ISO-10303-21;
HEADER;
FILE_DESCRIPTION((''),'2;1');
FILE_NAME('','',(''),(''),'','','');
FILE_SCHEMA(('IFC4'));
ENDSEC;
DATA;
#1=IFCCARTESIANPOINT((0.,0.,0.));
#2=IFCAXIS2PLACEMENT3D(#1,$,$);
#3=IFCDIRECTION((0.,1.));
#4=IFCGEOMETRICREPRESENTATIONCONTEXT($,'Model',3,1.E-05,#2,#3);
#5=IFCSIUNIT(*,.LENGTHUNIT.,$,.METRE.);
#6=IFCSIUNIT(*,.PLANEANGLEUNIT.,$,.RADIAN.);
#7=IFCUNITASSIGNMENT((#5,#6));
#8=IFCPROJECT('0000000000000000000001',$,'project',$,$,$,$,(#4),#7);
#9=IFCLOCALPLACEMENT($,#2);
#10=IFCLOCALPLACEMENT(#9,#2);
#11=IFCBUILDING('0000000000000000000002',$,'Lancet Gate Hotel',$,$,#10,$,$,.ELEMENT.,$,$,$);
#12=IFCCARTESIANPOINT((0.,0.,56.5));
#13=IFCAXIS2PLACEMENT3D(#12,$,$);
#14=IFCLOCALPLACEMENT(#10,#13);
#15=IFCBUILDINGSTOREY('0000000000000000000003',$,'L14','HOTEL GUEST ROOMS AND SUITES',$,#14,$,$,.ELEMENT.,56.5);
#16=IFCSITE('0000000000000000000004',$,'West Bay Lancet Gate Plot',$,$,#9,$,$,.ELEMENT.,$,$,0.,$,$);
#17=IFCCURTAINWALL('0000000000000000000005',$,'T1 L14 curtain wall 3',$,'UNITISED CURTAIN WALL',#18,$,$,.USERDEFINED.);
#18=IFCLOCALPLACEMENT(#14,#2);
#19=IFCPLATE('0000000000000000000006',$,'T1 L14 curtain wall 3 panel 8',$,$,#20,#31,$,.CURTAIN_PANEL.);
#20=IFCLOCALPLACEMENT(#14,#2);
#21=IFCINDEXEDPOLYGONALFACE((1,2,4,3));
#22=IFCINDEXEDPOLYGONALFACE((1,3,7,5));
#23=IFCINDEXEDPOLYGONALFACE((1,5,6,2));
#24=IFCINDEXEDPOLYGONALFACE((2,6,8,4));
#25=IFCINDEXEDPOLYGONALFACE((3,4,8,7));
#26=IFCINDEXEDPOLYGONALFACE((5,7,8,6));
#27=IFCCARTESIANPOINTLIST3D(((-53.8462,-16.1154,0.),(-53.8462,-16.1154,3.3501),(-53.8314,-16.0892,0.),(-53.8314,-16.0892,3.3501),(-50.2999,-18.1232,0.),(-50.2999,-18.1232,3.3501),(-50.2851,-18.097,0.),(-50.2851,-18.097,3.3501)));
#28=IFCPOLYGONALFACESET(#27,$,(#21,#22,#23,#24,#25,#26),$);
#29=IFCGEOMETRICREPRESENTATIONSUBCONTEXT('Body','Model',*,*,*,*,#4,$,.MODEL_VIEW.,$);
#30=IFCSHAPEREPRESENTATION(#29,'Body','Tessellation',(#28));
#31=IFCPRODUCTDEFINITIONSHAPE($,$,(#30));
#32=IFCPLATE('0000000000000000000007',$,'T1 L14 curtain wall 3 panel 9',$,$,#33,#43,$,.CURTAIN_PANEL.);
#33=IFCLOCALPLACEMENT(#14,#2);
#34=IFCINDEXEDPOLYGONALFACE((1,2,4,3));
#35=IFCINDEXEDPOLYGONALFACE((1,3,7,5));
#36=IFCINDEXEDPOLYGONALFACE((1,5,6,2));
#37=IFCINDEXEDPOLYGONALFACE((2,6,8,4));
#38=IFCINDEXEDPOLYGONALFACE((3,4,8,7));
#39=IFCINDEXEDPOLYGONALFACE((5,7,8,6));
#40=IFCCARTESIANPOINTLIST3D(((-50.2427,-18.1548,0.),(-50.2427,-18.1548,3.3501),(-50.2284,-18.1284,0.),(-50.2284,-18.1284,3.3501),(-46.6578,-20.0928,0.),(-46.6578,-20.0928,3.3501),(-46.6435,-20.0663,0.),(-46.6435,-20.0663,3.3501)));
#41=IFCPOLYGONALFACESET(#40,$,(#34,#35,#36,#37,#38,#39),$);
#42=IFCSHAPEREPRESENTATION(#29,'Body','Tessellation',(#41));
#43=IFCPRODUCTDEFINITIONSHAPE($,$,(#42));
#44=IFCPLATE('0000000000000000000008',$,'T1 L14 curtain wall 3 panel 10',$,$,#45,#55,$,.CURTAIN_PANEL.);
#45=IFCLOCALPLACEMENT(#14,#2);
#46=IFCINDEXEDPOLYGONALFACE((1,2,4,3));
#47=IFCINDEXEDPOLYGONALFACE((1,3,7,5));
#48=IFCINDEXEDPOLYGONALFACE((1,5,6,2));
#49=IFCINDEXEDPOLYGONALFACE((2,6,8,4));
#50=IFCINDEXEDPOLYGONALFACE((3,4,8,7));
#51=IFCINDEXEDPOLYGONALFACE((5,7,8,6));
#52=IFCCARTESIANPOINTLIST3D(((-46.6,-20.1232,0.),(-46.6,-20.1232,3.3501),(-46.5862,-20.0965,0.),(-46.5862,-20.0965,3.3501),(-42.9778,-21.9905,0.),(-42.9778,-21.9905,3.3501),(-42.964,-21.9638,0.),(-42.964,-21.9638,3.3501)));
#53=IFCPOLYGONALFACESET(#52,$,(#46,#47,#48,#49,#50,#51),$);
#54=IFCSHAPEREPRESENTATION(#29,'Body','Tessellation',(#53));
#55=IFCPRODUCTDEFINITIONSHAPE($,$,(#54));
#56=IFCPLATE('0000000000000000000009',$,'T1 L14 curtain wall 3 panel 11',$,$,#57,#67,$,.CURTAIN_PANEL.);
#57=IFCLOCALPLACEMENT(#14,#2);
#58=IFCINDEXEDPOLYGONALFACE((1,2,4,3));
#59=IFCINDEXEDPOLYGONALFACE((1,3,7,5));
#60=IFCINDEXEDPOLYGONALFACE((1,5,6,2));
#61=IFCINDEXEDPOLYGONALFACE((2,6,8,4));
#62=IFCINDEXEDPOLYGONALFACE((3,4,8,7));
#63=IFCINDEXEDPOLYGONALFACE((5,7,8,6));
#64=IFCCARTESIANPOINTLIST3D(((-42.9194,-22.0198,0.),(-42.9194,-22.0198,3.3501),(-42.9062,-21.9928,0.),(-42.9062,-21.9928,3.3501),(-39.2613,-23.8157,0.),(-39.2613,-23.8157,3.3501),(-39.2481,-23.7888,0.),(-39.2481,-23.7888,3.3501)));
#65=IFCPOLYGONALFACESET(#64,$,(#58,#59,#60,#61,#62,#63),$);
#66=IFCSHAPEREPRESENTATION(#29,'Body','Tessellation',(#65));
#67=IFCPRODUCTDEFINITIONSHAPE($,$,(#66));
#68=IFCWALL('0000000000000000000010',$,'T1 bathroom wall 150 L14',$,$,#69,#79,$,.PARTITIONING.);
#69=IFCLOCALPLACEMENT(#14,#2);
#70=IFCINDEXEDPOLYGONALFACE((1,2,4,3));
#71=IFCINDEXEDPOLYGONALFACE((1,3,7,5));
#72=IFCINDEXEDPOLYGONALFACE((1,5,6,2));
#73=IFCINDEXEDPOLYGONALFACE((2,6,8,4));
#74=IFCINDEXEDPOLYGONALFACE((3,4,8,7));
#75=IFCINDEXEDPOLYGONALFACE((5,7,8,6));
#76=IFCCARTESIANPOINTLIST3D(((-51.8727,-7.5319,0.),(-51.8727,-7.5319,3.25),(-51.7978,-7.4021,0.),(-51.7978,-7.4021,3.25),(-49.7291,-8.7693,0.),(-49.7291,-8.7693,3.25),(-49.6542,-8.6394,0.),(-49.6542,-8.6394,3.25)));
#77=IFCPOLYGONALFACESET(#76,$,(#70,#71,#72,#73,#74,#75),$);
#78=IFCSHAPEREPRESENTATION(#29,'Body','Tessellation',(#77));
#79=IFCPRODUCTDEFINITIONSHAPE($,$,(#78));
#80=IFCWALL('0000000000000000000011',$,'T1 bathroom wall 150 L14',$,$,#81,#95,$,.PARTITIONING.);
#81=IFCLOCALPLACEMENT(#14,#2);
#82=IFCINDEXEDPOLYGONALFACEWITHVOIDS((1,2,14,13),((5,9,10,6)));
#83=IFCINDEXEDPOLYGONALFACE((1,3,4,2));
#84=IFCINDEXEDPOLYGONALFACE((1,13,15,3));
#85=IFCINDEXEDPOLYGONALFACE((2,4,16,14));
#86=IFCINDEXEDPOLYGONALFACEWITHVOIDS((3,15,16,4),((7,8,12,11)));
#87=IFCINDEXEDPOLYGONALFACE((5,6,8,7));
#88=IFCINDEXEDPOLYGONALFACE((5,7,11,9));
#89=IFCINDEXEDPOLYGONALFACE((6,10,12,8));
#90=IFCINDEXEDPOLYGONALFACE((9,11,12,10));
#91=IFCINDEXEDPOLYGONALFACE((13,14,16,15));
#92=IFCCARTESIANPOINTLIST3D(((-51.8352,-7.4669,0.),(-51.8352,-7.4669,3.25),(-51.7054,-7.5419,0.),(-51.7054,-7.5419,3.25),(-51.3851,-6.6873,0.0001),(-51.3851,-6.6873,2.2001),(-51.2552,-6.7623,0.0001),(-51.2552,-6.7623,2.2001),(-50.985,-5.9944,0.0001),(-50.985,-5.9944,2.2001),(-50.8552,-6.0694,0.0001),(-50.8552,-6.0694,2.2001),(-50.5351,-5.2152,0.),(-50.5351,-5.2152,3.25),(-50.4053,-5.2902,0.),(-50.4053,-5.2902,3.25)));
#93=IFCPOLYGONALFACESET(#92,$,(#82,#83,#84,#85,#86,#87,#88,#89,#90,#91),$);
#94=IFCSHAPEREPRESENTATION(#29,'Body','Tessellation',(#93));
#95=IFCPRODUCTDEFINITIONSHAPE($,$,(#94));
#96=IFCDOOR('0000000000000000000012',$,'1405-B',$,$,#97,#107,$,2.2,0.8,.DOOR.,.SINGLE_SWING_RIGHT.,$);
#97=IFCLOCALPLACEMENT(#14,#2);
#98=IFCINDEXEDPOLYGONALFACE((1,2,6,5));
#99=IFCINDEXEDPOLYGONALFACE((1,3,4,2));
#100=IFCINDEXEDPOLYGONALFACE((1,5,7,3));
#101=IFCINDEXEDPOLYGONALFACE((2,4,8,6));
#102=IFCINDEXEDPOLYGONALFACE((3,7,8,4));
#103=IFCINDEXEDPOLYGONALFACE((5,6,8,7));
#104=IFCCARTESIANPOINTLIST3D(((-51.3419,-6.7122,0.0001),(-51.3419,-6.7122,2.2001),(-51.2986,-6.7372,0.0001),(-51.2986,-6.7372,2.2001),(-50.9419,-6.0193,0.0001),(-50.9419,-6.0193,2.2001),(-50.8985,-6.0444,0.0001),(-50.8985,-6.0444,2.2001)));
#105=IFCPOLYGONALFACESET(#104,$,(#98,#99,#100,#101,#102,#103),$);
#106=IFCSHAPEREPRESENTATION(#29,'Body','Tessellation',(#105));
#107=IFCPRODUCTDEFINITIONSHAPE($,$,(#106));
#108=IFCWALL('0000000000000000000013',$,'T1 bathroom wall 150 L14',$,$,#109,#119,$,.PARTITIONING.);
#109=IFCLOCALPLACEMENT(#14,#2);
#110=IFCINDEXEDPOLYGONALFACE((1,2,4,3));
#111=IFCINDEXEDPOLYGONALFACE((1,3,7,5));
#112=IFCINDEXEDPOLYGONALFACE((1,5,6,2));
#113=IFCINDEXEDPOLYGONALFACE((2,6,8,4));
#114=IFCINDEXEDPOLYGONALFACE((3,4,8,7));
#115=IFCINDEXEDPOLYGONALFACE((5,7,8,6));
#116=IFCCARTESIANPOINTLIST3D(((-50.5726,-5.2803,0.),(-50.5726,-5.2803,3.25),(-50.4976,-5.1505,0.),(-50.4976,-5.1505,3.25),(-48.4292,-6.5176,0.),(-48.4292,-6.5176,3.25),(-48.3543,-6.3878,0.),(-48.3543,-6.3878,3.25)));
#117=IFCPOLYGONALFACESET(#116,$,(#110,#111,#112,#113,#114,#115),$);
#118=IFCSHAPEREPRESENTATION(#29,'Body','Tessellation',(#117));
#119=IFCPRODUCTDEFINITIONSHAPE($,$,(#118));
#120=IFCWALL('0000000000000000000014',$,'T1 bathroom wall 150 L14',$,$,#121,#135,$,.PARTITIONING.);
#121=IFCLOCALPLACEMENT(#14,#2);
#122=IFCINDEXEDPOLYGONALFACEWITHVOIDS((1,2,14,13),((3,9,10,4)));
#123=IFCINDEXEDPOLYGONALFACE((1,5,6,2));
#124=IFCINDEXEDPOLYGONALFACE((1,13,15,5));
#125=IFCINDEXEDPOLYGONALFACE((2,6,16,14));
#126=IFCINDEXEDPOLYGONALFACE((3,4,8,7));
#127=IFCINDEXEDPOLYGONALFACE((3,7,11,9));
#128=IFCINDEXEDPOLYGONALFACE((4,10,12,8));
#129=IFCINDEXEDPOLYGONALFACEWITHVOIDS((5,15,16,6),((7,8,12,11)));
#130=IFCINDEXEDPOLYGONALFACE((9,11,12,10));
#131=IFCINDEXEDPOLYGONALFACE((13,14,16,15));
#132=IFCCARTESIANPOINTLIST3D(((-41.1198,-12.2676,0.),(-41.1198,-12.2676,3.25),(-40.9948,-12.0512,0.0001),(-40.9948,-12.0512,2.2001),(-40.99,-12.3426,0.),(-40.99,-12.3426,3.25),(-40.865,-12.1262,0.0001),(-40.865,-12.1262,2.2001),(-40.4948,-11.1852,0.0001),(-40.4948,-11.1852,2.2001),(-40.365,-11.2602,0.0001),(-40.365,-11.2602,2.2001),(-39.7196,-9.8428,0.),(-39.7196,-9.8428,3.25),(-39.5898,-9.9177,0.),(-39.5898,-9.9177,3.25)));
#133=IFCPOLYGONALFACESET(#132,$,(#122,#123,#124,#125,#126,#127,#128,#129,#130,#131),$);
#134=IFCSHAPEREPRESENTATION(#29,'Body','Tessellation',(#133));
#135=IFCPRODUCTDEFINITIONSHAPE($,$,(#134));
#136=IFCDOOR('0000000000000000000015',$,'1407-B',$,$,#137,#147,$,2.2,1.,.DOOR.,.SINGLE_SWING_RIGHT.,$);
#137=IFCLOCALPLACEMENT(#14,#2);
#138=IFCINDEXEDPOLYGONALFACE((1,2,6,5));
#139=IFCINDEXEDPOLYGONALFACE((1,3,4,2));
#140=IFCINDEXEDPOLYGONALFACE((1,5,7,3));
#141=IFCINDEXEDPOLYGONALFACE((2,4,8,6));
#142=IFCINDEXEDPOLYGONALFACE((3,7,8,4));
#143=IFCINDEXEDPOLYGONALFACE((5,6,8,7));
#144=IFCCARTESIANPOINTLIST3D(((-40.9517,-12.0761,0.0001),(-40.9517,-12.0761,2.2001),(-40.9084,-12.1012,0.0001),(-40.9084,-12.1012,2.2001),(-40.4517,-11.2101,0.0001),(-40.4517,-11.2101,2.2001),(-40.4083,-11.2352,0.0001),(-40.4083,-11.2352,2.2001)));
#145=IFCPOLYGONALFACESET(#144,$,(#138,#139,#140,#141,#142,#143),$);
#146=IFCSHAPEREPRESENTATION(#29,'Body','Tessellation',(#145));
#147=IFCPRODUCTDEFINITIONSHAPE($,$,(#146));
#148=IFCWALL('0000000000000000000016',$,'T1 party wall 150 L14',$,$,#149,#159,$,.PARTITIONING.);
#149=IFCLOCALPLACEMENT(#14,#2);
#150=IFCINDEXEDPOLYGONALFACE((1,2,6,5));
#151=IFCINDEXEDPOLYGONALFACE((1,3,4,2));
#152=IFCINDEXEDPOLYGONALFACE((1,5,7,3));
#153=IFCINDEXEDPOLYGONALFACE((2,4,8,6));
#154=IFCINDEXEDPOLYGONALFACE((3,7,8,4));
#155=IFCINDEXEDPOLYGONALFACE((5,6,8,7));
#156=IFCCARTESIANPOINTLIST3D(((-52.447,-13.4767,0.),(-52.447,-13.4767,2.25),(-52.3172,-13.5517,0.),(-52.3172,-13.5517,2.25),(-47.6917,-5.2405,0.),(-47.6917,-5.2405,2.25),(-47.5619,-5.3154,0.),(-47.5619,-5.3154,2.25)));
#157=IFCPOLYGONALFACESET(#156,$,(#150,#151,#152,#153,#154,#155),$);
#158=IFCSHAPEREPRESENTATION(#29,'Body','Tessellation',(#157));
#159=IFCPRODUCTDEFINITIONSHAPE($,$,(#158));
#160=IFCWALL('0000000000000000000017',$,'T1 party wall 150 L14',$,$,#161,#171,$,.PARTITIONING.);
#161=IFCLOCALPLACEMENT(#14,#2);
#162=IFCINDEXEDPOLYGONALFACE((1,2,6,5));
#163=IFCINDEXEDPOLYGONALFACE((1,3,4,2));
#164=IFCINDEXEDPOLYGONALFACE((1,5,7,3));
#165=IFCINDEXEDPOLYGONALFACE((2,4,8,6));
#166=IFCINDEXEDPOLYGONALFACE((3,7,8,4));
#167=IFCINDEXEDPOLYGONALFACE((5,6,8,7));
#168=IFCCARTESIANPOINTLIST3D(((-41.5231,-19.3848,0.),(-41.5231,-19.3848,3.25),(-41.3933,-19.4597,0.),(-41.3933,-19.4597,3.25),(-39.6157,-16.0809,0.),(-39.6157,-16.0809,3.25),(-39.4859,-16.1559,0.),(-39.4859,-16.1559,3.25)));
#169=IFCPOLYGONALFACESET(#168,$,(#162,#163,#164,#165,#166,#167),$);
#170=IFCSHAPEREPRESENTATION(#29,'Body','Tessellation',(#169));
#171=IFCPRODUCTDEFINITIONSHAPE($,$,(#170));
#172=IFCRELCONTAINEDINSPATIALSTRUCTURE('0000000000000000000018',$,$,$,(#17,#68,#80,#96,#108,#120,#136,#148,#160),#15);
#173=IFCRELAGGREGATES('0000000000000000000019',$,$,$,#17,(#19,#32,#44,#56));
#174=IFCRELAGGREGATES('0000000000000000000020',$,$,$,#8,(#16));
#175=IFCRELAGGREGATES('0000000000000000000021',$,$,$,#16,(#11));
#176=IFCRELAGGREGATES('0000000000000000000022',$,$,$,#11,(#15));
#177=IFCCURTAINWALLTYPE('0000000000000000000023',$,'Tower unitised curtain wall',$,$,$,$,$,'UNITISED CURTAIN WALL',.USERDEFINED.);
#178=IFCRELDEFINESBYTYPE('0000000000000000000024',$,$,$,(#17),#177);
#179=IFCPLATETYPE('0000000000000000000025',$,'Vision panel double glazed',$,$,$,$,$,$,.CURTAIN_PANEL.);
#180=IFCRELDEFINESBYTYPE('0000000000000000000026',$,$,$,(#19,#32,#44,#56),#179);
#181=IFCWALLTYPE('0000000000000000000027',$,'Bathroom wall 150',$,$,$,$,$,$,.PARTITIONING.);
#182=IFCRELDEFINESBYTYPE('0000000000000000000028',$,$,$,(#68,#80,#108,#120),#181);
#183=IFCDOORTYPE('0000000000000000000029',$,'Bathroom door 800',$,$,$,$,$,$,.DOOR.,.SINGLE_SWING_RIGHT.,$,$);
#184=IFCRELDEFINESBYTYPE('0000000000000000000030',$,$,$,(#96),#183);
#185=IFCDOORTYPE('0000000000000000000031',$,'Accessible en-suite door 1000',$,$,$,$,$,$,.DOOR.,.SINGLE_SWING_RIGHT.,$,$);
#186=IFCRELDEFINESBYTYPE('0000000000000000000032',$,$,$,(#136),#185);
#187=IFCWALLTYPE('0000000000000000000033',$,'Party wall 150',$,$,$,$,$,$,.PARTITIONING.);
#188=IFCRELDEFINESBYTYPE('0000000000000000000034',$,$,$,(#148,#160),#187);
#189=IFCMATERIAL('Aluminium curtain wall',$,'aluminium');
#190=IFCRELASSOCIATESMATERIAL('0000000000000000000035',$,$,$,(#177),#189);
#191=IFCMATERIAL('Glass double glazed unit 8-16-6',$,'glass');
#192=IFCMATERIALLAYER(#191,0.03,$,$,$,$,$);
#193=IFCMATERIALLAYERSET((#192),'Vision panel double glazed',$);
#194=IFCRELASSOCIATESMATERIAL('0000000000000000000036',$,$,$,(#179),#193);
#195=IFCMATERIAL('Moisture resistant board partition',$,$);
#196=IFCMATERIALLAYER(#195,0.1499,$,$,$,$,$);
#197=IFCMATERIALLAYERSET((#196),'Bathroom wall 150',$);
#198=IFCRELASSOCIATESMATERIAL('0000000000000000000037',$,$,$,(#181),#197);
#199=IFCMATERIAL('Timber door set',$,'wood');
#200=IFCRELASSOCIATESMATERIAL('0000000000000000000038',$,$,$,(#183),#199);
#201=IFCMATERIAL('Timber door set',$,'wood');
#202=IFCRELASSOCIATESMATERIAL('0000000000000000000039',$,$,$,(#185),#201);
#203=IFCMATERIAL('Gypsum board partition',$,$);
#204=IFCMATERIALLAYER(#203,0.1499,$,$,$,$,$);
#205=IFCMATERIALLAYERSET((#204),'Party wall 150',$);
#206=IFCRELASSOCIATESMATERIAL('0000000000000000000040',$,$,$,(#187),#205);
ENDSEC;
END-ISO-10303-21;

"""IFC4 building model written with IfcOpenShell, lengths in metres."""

from ifc_helpers import new_model, si_unit, direction, frame, frame_2d, origin, origin_2d, place, context, subcontext, project, spatial, rectangle, extrude, material, layer, layer_set, type_object, element, fill, aggregate, save


model = new_model("IFC4")

# Units and contexts
model_context = context("Model", 3, precision=1e-05, world=origin(), true_north=direction((0.0, 1.0)))
body_context = subcontext(model_context, "Body", "Model", "MODEL_VIEW")
ifc_project = project(units=[si_unit("LENGTHUNIT", "METRE"), si_unit("PLANEANGLEUNIT", "RADIAN")], contexts=[model_context])

# Site, building, storey
site_placement = place(None, origin())
site = spatial("IfcSite", under=ifc_project, at=site_placement, Name="West Bay Lancet Gate Plot", CompositionType="ELEMENT", RefElevation=0.0)
building_placement = place(site_placement, origin())
building = spatial("IfcBuilding", under=site, at=building_placement, Name="Lancet Gate Hotel", CompositionType="ELEMENT")
storey_placement = place(building_placement, frame((0.0, 0.0, 56.5)))
storey = spatial("IfcBuildingStorey", under=building, at=storey_placement, Name="L14", Description="HOTEL GUEST ROOMS AND SUITES", CompositionType="ELEMENT", Elevation=56.5)

# Curtain wall
ifc_material_1 = material(Name="Aluminium curtain wall", Category="aluminium")
curtain_wall_type = type_object("IfcCurtainWallType", Name="Tower unitised curtain wall", ElementType="UNITISED CURTAIN WALL", PredefinedType="USERDEFINED", material=ifc_material_1)
curtain_wall_placement = place(storey_placement, origin())
curtain_wall = element("IfcCurtainWall", 1, at=curtain_wall_placement, inside=storey, type_object=curtain_wall_type, Name="T1 L14 curtain wall 3", ObjectType="UNITISED CURTAIN WALL", PredefinedType="USERDEFINED")

# Plates
ifc_material_2 = material(Name="Glass double glazed unit 8-16-6", Category="glass")
ifc_layer_1 = layer(ifc_material_2, 0.03)
ifc_layer_set_1 = layer_set([ifc_layer_1], Name="Vision panel double glazed")
plate_type = type_object("IfcPlateType", Name="Vision panel double glazed", PredefinedType="CURTAIN_PANEL", material=ifc_layer_set_1)
plate_1_placement = place(storey_placement, frame((-52.0657, -17.1062, 0.0), z_axis=(0.0, 0.0, 1.0), x_axis=(0.870205, -0.49269, 0.0)))
plate_1 = element("IfcPlate", 2, at=plate_1_placement, type_object=plate_type, Name="T1 L14 curtain wall 3 panel 8", PredefinedType="CURTAIN_PANEL", context=body_context, shape_type="SweptSolid", body=[
    extrude(rectangle(XDim=4.0752, YDim=0.03, at=origin_2d()), origin(), (0.0, 0.0, 1.0), 3.3501),
])
plate_2_placement = place(storey_placement, frame((-48.4431, -19.1106, 0.0), z_axis=(0.0, 0.0, 1.0), x_axis=(0.879693, -0.475541, 0.0)))
plate_2 = element("IfcPlate", 3, at=plate_2_placement, type_object=plate_type, Name="T1 L14 curtain wall 3 panel 9", PredefinedType="CURTAIN_PANEL", context=body_context, shape_type="SweptSolid", body=[
    extrude(rectangle(XDim=4.0752, YDim=0.03, at=origin_2d()), origin(), (0.0, 0.0, 1.0), 3.3501),
])
plate_3_placement = place(storey_placement, frame((-44.782, -21.0435, 0.0), z_axis=(0.0, 0.0, 1.0), x_axis=(0.888844, -0.45821, 0.0)))
plate_3 = element("IfcPlate", 4, at=plate_3_placement, type_object=plate_type, Name="T1 L14 curtain wall 3 panel 10", PredefinedType="CURTAIN_PANEL", context=body_context, shape_type="SweptSolid", body=[
    extrude(rectangle(XDim=4.0752, YDim=0.03, at=origin_2d()), origin(), (0.0, 0.0, 1.0), 3.3501),
])
plate_4_placement = place(storey_placement, frame((-41.0837, -22.9043, 0.0), z_axis=(0.0, 0.0, 1.0), x_axis=(0.897653, -0.440702, 0.0)))
plate_4 = element("IfcPlate", 5, at=plate_4_placement, type_object=plate_type, Name="T1 L14 curtain wall 3 panel 11", PredefinedType="CURTAIN_PANEL", context=body_context, shape_type="SweptSolid", body=[
    extrude(rectangle(XDim=4.0752, YDim=0.03, at=origin_2d()), origin(), (0.0, 0.0, 1.0), 3.3501),
])
aggregate(curtain_wall, [plate_1, plate_2, plate_3, plate_4])

# Wall
ifc_material_3 = material(Name="Moisture resistant board partition")
ifc_layer_2 = layer(ifc_material_3, 0.1499)
ifc_layer_set_2 = layer_set([ifc_layer_2], Name="Bathroom wall 150")
wall_type_1 = type_object("IfcWallType", Name="Bathroom wall 150", PredefinedType="PARTITIONING", material=ifc_layer_set_2)
wall_1_placement = place(storey_placement, frame((-49.6917, -8.7043, 0.0), z_axis=(0.0, 0.0, 1.0), x_axis=(-0.866074, 0.499916, 0.0)))
element("IfcWall", 6, at=wall_1_placement, inside=storey, type_object=wall_type_1, Name="T1 bathroom wall 150 L14", PredefinedType="PARTITIONING", context=body_context, shape_type="SweptSolid", body=[
    extrude(rectangle(XDim=2.4751, YDim=0.1499, at=frame_2d((1.2375, 0.0))), origin(), (0.0, 0.0, 1.0), 3.25),
])

# Wall, opening, door
wall_2_placement = place(storey_placement, frame((-50.4702, -5.2527, 0.0), z_axis=(0.0, 0.0, 1.0), x_axis=(-0.500007, -0.866021, 0.0)))
wall_2 = element("IfcWall", 7, at=wall_2_placement, inside=storey, type_object=wall_type_1, Name="T1 bathroom wall 150 L14", PredefinedType="PARTITIONING", context=body_context, shape_type="SweptSolid", body=[
    extrude(rectangle(XDim=2.6001, YDim=0.1499, at=frame_2d((1.3, 0.0))), origin(), (0.0, 0.0, 1.0), 3.25),
])
opening_1_placement = place(wall_2_placement, frame((0.8999, 0.0, 0.0)))
opening_1 = element("IfcOpeningElement", 8, at=opening_1_placement, cuts=wall_2, PredefinedType="OPENING", context=body_context, shape_type="SweptSolid", body=[
    extrude(rectangle(XDim=0.8, YDim=2.2, at=frame_2d((0.3999, 1.1001))), frame((0.0, 0.085, 0.0), z_axis=(0.0, -1.0, 0.0), x_axis=(1.0, 0.0, 0.0)), (0.0, 0.0, 1.0), 0.1699),
])
ifc_material_4 = material(Name="Timber door set", Category="wood")
door_type_1 = type_object("IfcDoorType", Name="Bathroom door 800", OperationType="SINGLE_SWING_RIGHT", PredefinedType="DOOR", material=ifc_material_4)
door_1_placement = place(opening_1_placement, origin())
door_1 = element("IfcDoor", 9, at=door_1_placement, inside=storey, type_object=door_type_1, Name="1405-B", OperationType="SINGLE_SWING_RIGHT", OverallHeight=2.2, OverallWidth=0.8, PredefinedType="DOOR", context=body_context, shape_type="SweptSolid", body=[
    extrude(rectangle(XDim=0.8, YDim=2.2, at=frame_2d((0.3999, 1.1001))), frame((0.0, 0.0249, 0.0), z_axis=(0.0, -1.0, 0.0), x_axis=(1.0, 0.0, 0.0)), (0.0, 0.0, 1.0), 0.05),
])
fill(opening_1, door_1)

# Wall
wall_3_placement = place(storey_placement, frame((-48.3918, -6.4526, 0.0), z_axis=(0.0, 0.0, 1.0), x_axis=(-0.866049, 0.499959, 0.0)))
element("IfcWall", 10, at=wall_3_placement, inside=storey, type_object=wall_type_1, Name="T1 bathroom wall 150 L14", PredefinedType="PARTITIONING", context=body_context, shape_type="SweptSolid", body=[
    extrude(rectangle(XDim=2.4749, YDim=0.1499, at=frame_2d((1.2373, 0.0))), origin(), (0.0, 0.0, 1.0), 3.25),
])

# Wall, opening, door
wall_4_placement = place(storey_placement, frame((-39.6548, -9.8804, 0.0), z_axis=(0.0, 0.0, 1.0), x_axis=(-0.50005, -0.865997, 0.0)))
wall_4 = element("IfcWall", 11, at=wall_4_placement, inside=storey, type_object=wall_type_1, Name="T1 bathroom wall 150 L14", PredefinedType="PARTITIONING", context=body_context, shape_type="SweptSolid", body=[
    extrude(rectangle(XDim=2.8, YDim=0.1499, at=frame_2d((1.3999, 0.0))), origin(), (0.0, 0.0, 1.0), 3.25),
])
opening_2_placement = place(wall_4_placement, frame((1.55, 0.0, 0.0)))
opening_2 = element("IfcOpeningElement", 12, at=opening_2_placement, cuts=wall_4, PredefinedType="OPENING", context=body_context, shape_type="SweptSolid", body=[
    extrude(rectangle(XDim=1.0, YDim=2.2, at=frame_2d((0.5, 1.1001))), frame((0.0, 0.085, 0.0), z_axis=(0.0, -1.0, 0.0), x_axis=(1.0, 0.0, 0.0)), (0.0, 0.0, 1.0), 0.1699),
])
ifc_material_5 = material(Name="Timber door set", Category="wood")
door_type_2 = type_object("IfcDoorType", Name="Accessible en-suite door 1000", OperationType="SINGLE_SWING_RIGHT", PredefinedType="DOOR", material=ifc_material_5)
door_2_placement = place(opening_2_placement, origin())
door_2 = element("IfcDoor", 13, at=door_2_placement, inside=storey, type_object=door_type_2, Name="1407-B", OperationType="SINGLE_SWING_RIGHT", OverallHeight=2.2, OverallWidth=1.0, PredefinedType="DOOR", context=body_context, shape_type="SweptSolid", body=[
    extrude(rectangle(XDim=1.0, YDim=2.2, at=frame_2d((0.5, 1.1001))), frame((0.0, 0.0249, 0.0), z_axis=(0.0, -1.0, 0.0), x_axis=(1.0, 0.0, 0.0)), (0.0, 0.0, 1.0), 0.05),
])
fill(opening_2, door_2)

# Walls
ifc_material_6 = material(Name="Gypsum board partition")
ifc_layer_3 = layer(ifc_material_6, 0.1499)
ifc_layer_set_3 = layer_set([ifc_layer_3], Name="Party wall 150")
wall_type_2 = type_object("IfcWallType", Name="Party wall 150", PredefinedType="PARTITIONING", material=ifc_layer_set_3)
wall_5_placement = place(storey_placement, frame((-47.6267, -5.2778, 0.0), z_axis=(0.0, 0.0, 1.0), x_axis=(-0.50001, -0.86602, 0.0)))
element("IfcWall", 14, at=wall_5_placement, inside=storey, type_object=wall_type_2, Name="T1 party wall 150 L14", PredefinedType="PARTITIONING", context=body_context, shape_type="SweptSolid", body=[
    extrude(rectangle(XDim=9.5105, YDim=0.1499, at=frame_2d((4.7554, 0.0))), origin(), (0.0, 0.0, 1.0), 2.25),
])
wall_6_placement = place(storey_placement, frame((-39.5508, -16.1184, 0.0), z_axis=(0.0, 0.0, 1.0), x_axis=(-0.499987, -0.866033, 0.0)))
element("IfcWall", 15, at=wall_6_placement, inside=storey, type_object=wall_type_2, Name="T1 party wall 150 L14", PredefinedType="PARTITIONING", context=body_context, shape_type="SweptSolid", body=[
    extrude(rectangle(XDim=3.8149, YDim=0.1499, at=frame_2d((1.9075, 0.0))), origin(), (0.0, 0.0, 1.0), 3.25),
])

save(model, "model.ifc")
